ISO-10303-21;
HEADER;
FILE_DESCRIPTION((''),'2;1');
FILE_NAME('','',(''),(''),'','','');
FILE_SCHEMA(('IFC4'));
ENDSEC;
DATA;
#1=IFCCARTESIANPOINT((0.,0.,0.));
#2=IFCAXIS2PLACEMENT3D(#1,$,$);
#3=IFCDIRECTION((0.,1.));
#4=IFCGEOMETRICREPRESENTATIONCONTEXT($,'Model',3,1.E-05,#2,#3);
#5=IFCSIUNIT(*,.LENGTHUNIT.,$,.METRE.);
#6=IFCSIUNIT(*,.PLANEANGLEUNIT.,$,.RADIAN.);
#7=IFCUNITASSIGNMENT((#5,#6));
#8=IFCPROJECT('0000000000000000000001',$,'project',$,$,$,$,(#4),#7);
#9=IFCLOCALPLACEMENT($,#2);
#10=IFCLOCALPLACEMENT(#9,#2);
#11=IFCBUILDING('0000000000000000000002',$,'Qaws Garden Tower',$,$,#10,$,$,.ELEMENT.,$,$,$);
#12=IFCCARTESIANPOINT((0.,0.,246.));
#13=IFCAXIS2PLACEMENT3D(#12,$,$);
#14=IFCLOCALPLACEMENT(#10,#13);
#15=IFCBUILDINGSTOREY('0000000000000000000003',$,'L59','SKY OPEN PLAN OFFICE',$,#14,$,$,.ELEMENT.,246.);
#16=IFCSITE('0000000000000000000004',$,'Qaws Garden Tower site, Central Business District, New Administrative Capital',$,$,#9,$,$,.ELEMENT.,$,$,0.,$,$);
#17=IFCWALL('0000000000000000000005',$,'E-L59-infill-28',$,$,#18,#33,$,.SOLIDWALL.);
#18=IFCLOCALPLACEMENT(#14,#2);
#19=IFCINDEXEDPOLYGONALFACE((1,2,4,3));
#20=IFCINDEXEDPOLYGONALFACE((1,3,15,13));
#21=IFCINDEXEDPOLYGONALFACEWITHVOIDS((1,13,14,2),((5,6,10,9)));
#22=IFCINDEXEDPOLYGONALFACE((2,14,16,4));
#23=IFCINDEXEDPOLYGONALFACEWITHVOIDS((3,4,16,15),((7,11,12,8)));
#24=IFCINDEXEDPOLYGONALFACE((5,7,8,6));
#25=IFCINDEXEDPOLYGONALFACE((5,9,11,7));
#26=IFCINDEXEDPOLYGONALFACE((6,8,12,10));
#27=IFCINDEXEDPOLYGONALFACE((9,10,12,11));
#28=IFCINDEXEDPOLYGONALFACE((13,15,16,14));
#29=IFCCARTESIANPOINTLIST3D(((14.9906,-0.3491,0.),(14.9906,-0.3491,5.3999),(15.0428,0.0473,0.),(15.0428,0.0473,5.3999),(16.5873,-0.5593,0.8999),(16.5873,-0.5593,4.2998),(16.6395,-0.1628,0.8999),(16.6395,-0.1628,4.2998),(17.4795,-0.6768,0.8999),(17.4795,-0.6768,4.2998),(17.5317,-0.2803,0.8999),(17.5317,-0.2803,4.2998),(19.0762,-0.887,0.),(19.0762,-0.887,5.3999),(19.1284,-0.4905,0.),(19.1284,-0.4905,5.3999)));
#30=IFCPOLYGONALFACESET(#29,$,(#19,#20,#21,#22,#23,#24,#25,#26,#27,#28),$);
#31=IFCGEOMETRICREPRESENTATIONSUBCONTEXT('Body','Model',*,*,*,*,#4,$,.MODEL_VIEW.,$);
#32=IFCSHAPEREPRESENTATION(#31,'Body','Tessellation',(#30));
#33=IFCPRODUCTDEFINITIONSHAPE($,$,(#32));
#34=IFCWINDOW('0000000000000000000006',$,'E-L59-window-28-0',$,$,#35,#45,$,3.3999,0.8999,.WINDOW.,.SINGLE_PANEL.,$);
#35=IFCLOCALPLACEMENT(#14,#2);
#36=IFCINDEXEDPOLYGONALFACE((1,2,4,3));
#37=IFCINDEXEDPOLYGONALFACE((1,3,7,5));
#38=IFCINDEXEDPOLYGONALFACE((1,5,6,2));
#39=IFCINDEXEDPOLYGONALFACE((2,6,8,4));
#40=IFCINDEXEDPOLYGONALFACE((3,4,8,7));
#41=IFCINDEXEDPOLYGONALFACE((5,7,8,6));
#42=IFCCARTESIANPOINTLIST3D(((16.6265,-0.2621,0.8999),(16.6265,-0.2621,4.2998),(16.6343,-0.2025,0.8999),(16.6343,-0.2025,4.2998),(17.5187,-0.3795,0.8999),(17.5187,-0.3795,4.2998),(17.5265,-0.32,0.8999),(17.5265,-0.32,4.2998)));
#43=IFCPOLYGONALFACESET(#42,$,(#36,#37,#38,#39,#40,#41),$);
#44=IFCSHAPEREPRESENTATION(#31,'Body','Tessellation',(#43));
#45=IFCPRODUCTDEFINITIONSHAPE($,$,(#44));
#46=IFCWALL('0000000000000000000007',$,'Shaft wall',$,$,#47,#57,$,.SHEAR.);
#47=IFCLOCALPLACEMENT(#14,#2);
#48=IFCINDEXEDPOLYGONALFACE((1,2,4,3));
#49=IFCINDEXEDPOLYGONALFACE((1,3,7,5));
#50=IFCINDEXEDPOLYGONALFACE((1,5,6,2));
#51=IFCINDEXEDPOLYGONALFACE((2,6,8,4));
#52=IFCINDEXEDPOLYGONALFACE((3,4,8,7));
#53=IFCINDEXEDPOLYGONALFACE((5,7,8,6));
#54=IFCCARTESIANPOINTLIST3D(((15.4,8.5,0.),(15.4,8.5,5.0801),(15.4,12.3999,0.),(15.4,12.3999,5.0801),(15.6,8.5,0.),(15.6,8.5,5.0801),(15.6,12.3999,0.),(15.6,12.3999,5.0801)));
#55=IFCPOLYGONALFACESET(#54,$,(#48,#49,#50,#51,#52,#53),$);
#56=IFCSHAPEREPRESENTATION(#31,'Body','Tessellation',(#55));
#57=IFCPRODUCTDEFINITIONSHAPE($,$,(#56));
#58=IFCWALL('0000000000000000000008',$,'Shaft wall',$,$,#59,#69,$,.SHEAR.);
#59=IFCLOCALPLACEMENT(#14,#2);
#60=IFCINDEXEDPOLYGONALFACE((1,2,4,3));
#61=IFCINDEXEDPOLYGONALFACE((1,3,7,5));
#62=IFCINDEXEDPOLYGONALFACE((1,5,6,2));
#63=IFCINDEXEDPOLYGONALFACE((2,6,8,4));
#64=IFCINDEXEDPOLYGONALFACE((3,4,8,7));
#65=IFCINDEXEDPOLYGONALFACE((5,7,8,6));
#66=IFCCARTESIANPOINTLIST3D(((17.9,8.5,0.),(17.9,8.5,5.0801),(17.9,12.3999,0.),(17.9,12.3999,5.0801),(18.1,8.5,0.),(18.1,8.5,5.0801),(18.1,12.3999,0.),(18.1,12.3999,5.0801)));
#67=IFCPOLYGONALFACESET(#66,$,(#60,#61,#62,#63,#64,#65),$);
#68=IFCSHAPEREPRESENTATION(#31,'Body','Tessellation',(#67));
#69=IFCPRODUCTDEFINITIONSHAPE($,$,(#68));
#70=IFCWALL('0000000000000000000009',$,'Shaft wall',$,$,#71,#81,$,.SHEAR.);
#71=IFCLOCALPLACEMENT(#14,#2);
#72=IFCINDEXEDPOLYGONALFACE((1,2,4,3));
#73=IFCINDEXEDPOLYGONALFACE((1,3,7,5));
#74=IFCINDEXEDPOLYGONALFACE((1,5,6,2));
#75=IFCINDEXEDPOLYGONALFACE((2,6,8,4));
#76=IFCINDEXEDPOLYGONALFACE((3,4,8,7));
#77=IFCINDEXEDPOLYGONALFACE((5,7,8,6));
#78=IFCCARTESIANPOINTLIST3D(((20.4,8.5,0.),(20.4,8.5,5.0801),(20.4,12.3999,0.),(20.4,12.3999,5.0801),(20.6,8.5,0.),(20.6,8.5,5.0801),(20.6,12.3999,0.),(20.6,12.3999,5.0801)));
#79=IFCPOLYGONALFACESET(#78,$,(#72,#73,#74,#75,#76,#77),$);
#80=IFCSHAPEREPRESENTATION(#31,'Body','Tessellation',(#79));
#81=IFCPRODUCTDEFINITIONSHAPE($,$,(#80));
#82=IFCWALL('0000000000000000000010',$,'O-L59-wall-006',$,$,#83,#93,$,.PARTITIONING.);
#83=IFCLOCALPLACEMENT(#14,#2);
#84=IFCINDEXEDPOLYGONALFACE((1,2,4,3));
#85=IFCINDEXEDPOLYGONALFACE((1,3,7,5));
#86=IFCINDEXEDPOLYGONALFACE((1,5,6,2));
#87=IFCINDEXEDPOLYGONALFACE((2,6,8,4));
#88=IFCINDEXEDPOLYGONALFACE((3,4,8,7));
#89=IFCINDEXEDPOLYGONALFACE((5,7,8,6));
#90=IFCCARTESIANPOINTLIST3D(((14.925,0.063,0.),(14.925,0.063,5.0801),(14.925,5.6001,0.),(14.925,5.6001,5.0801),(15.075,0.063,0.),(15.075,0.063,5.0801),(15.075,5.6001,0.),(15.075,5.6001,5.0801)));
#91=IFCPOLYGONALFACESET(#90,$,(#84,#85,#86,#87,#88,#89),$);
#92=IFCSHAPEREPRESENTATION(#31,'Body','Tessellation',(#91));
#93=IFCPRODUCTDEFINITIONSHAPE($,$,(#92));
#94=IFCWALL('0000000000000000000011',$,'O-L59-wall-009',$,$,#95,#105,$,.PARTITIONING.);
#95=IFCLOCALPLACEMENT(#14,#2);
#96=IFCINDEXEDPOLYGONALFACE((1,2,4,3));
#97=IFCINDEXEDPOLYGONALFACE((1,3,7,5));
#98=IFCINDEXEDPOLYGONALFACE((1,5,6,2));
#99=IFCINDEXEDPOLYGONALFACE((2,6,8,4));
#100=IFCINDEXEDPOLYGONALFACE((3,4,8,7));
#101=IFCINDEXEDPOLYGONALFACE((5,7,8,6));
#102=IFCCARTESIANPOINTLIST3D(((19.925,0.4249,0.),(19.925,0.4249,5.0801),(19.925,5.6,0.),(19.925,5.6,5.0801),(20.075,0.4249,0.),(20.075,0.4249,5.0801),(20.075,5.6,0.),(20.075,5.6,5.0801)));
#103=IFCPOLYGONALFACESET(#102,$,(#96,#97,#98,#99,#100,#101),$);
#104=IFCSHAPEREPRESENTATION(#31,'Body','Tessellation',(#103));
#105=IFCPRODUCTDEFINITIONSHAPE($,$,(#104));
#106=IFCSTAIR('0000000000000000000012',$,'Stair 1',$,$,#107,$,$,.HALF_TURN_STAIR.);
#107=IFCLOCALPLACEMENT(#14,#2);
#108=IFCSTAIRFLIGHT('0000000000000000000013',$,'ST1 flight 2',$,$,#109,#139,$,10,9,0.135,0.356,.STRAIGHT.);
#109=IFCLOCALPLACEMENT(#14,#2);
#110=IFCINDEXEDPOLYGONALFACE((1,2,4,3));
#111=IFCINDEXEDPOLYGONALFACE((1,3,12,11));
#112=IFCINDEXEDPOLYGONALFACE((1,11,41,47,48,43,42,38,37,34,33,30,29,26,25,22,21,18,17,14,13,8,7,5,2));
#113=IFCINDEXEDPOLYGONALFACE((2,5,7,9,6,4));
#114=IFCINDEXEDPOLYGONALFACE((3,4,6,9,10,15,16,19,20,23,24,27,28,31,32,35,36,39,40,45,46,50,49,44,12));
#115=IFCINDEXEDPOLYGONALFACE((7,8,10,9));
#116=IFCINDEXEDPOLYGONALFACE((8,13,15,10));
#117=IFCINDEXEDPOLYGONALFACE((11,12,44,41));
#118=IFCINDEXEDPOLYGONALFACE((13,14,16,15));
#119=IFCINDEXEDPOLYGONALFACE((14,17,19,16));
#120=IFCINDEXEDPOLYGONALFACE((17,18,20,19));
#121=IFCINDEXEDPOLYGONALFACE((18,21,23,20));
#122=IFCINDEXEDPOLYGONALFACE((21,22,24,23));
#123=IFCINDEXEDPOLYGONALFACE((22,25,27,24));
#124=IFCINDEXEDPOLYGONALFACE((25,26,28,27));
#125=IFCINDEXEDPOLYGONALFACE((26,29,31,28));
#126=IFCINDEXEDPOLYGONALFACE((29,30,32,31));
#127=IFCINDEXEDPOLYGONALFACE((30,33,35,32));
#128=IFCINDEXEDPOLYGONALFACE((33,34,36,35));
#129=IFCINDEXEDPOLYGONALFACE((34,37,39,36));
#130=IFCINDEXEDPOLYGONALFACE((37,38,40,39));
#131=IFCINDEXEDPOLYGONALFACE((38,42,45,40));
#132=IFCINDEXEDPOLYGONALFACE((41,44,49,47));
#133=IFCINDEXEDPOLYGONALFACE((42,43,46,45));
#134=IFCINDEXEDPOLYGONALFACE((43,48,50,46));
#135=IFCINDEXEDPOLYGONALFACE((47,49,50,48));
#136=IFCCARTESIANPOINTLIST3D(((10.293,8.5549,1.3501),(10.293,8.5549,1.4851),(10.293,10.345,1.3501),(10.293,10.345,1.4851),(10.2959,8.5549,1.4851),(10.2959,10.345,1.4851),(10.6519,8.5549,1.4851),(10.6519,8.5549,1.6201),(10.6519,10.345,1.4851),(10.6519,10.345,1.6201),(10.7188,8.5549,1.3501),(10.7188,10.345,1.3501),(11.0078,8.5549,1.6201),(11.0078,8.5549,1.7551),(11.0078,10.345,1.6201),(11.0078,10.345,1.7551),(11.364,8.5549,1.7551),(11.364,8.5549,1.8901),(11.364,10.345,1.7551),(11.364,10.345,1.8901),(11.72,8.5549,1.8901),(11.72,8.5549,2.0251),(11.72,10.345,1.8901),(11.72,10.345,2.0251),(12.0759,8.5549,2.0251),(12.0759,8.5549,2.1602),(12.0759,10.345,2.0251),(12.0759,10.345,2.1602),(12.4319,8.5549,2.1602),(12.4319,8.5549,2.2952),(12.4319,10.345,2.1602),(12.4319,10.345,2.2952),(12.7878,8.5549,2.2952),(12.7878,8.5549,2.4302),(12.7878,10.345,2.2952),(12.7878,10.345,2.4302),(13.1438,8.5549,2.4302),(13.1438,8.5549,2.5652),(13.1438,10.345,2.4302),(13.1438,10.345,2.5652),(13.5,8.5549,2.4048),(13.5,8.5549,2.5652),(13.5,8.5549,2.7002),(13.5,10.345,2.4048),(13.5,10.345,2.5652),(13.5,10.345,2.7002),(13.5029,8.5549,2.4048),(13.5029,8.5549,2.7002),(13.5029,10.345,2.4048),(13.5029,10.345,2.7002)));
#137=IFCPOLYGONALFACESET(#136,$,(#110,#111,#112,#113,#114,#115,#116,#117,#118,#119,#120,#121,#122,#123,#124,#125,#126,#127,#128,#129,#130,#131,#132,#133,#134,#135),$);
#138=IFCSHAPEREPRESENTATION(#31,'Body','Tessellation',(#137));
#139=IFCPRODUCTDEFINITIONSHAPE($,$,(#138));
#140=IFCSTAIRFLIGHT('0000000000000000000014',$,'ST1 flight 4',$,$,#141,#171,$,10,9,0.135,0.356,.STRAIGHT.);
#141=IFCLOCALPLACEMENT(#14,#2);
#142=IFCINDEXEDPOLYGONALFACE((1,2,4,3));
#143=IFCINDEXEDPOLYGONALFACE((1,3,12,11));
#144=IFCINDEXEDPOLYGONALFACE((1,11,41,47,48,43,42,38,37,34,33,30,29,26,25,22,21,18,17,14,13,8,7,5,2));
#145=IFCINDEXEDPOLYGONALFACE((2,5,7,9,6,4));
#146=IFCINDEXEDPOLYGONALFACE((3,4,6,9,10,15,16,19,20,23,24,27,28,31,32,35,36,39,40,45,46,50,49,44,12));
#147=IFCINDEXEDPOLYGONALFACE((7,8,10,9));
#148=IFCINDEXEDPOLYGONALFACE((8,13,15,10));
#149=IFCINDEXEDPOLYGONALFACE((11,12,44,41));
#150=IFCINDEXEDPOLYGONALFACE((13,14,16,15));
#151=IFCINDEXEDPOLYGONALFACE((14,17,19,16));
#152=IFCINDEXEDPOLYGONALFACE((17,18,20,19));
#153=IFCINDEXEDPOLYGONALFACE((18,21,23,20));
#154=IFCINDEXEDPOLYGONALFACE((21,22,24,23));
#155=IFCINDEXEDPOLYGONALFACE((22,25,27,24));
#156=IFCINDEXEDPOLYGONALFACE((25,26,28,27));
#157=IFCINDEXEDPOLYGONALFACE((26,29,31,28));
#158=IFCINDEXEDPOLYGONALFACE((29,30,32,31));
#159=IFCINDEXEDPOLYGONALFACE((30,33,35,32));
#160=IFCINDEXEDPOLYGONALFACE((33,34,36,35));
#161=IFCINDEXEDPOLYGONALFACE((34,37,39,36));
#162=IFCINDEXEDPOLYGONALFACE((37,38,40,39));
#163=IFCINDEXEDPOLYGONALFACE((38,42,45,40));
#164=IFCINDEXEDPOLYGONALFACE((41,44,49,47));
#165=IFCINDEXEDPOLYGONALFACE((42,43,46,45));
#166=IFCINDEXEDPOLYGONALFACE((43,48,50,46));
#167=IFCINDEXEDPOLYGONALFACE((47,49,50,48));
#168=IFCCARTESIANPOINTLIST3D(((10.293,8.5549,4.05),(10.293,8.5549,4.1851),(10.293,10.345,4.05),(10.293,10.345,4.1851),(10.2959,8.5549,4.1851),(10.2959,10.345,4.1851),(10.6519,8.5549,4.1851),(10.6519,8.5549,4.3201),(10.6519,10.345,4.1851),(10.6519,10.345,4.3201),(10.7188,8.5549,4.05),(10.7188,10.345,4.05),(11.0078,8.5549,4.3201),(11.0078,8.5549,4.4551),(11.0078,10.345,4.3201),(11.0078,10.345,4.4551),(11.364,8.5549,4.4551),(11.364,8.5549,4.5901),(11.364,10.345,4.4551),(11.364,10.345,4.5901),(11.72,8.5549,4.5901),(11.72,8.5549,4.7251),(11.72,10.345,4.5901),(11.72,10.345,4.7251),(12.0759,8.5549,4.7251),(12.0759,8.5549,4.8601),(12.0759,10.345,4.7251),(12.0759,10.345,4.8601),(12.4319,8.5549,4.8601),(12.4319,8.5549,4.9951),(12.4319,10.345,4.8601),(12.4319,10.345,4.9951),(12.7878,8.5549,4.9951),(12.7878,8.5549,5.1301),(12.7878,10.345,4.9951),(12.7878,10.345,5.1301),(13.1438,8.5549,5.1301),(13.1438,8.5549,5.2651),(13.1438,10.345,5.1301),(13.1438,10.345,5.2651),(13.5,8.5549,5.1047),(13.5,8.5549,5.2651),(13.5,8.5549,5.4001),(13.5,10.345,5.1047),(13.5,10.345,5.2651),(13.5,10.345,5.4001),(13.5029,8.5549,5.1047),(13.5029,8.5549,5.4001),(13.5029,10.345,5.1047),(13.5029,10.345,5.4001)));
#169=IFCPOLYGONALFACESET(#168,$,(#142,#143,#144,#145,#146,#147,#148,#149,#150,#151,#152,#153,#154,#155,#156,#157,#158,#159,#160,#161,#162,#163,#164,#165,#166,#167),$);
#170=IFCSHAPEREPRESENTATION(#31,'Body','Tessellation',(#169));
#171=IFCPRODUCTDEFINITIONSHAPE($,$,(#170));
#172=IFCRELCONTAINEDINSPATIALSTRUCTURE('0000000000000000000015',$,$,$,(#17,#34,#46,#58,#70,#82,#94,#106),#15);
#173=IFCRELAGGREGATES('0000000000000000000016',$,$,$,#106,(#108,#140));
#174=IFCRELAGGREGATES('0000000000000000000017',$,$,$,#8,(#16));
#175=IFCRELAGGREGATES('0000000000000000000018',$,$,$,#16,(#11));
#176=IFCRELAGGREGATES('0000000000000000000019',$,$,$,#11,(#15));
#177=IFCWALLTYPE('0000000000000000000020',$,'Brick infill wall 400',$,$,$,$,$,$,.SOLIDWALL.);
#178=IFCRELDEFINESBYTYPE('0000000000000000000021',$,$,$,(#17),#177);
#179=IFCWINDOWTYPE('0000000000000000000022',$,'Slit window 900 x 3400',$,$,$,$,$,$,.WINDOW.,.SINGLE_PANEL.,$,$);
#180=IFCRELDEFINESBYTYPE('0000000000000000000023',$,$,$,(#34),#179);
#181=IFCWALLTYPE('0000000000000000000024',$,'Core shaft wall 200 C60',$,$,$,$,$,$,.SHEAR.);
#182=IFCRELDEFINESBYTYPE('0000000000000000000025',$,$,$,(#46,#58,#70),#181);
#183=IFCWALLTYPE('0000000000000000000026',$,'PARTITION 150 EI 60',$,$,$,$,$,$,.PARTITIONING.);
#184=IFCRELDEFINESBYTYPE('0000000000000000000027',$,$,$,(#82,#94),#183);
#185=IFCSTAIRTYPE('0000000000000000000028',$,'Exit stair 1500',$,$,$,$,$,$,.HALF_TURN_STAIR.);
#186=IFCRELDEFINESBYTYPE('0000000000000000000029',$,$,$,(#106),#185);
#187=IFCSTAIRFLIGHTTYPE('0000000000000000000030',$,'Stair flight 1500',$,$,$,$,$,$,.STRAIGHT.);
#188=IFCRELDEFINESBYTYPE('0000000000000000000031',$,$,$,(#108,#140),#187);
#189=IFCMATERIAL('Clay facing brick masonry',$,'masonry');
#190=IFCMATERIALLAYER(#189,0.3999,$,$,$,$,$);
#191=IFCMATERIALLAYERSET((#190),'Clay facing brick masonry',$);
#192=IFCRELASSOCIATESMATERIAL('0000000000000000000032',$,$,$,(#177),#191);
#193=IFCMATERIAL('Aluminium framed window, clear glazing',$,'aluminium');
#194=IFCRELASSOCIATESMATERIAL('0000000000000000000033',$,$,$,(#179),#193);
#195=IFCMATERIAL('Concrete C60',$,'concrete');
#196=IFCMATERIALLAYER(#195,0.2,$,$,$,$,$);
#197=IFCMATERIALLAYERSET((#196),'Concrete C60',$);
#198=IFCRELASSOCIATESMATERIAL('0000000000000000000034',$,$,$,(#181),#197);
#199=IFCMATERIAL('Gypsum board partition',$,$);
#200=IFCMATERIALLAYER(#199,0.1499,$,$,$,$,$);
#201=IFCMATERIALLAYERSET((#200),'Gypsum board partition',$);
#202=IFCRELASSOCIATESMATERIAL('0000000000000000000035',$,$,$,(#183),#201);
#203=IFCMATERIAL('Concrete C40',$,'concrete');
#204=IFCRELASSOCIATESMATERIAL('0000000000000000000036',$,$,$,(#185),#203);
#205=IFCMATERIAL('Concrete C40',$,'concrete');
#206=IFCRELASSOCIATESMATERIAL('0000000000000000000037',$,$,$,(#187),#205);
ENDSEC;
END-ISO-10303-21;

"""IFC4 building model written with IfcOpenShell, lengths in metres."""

from ifc_helpers import new_model, si_unit, direction, frame, frame_2d, origin, place, context, subcontext, project, spatial, polyline, rectangle, outline, extrude, material, layer, layer_set, type_object, element, fill, aggregate, save


model = new_model("IFC4")

# Units and contexts
model_context = context("Model", 3, precision=1e-05, world=origin(), true_north=direction((0.0, 1.0)))
body_context = subcontext(model_context, "Body", "Model", "MODEL_VIEW")
ifc_project = project(units=[si_unit("LENGTHUNIT", "METRE"), si_unit("PLANEANGLEUNIT", "RADIAN")], contexts=[model_context])

# Site, building, storey
site_placement = place(None, origin())
site = spatial("IfcSite", under=ifc_project, at=site_placement, Name="Qaws Garden Tower site, Central Business District, New Administrative Capital", CompositionType="ELEMENT", RefElevation=0.0)
building_placement = place(site_placement, origin())
building = spatial("IfcBuilding", under=site, at=building_placement, Name="Qaws Garden Tower", CompositionType="ELEMENT")
storey_placement = place(building_placement, frame((0.0, 0.0, 246.0)))
storey = spatial("IfcBuildingStorey", under=building, at=storey_placement, Name="L59", Description="SKY OPEN PLAN OFFICE", CompositionType="ELEMENT", Elevation=246.0)

# Shared definitions
ifc_material_1 = material(Name="Clay facing brick masonry", Category="masonry")
ifc_layer_1 = layer(ifc_material_1, 0.3999)
ifc_layer_set_1 = layer_set([ifc_layer_1], Name="Clay facing brick masonry")
wall_type_1 = type_object("IfcWallType", Name="Brick infill wall 400", PredefinedType="SOLIDWALL", material=ifc_layer_set_1)
ifc_material_2 = material(Name="Aluminium framed window, clear glazing", Category="aluminium")
window_type = type_object("IfcWindowType", Name="Slit window 900 x 3400", PartitioningType="SINGLE_PANEL", PredefinedType="WINDOW", material=ifc_material_2)

# Wall, opening, window
wall_1_placement = place(storey_placement, frame((15.0166, -0.1509, 0.0), z_axis=(0.0, 0.0, 1.0), x_axis=(0.991446, -0.130514, 0.0)))
wall_1 = element("IfcWall", 1, at=wall_1_placement, inside=storey, type_object=wall_type_1, Name="E-L59-infill-28", PredefinedType="SOLIDWALL", context=body_context, shape_type="SweptSolid", body=[
    extrude(rectangle(XDim=4.1208, YDim=0.3999, at=frame_2d((2.0605, 0.0))), origin(), (0.0, 0.0, 1.0), 5.3999),
])
opening_1_placement = place(wall_1_placement, frame((1.6106, 0.0, 0.8999)))
opening_1 = element("IfcOpeningElement", 2, at=opening_1_placement, cuts=wall_1, PredefinedType="OPENING", context=body_context, shape_type="SweptSolid", body=[
    extrude(rectangle(XDim=0.8999, YDim=3.3999, at=frame_2d((0.45, 1.7))), frame((0.0, 0.21, 0.0), z_axis=(0.0, -1.0, 0.0), x_axis=(1.0, 0.0, 0.0)), (0.0, 0.0, 1.0), 0.4199),
])
window_1_placement = place(opening_1_placement, origin())
window_1 = element("IfcWindow", 3, at=window_1_placement, inside=storey, type_object=window_type, Name="E-L59-window-28-0", OverallHeight=3.3999, OverallWidth=0.8999, PartitioningType="SINGLE_PANEL", PredefinedType="WINDOW", context=body_context, shape_type="SweptSolid", body=[
    extrude(rectangle(XDim=0.8999, YDim=3.3999, at=frame_2d((0.45, 1.7))), frame((0.0, 0.1599, 0.0), z_axis=(0.0, -1.0, 0.0), x_axis=(1.0, 0.0, 0.0)), (0.0, 0.0, 1.0), 0.0601),
])
fill(opening_1, window_1)

# Walls
ifc_material_3 = material(Name="Concrete C60", Category="concrete")
ifc_layer_2 = layer(ifc_material_3, 0.2)
ifc_layer_set_2 = layer_set([ifc_layer_2], Name="Concrete C60")
wall_type_2 = type_object("IfcWallType", Name="Core shaft wall 200 C60", PredefinedType="SHEAR", material=ifc_layer_set_2)
for number, where, z_axis, x_axis, name in (
    (4, (15.5, 8.5, 0.0), (0.0, 0.0, 1.0), (0.0, 1.0, 0.0), "Shaft wall"),
    (5, (18.0, 8.5, 0.0), (0.0, 0.0, 1.0), (0.0, 1.0, 0.0), "Shaft wall"),
    (6, (20.5, 8.5, 0.0), (0.0, 0.0, 1.0), (0.0, 1.0, 0.0), "Shaft wall"),
):
    element("IfcWall", number, at=place(storey_placement, frame(where, z_axis=z_axis, x_axis=x_axis)), inside=storey, type_object=wall_type_2, Name=name, PredefinedType="SHEAR", context=body_context, shape_type="SweptSolid", body=[
        extrude(rectangle(XDim=3.8999, YDim=0.2, at=frame_2d((1.95, 0.0))), origin(), (0.0, 0.0, 1.0), 5.0801),
    ])
ifc_material_4 = material(Name="Gypsum board partition")
ifc_layer_3 = layer(ifc_material_4, 0.1499)
ifc_layer_set_3 = layer_set([ifc_layer_3], Name="Gypsum board partition")
wall_type_3 = type_object("IfcWallType", Name="PARTITION 150 EI 60", PredefinedType="PARTITIONING", material=ifc_layer_set_3)
wall_2_placement = place(storey_placement, frame((15.0, 0.063, 0.0), z_axis=(0.0, 0.0, 1.0), x_axis=(0.0, 1.0, 0.0)))
element("IfcWall", 7, at=wall_2_placement, inside=storey, type_object=wall_type_3, Name="O-L59-wall-006", PredefinedType="PARTITIONING", context=body_context, shape_type="SweptSolid", body=[
    extrude(rectangle(XDim=5.5371, YDim=0.1499, at=frame_2d((2.7686, 0.0))), origin(), (0.0, 0.0, 1.0), 5.0801),
])
wall_3_placement = place(storey_placement, frame((20.0, 0.425, 0.0), z_axis=(0.0, 0.0, 1.0), x_axis=(0.0, 1.0, 0.0)))
element("IfcWall", 8, at=wall_3_placement, inside=storey, type_object=wall_type_3, Name="O-L59-wall-009", PredefinedType="PARTITIONING", context=body_context, shape_type="SweptSolid", body=[
    extrude(rectangle(XDim=5.175, YDim=0.1499, at=frame_2d((2.5874, 0.0))), origin(), (0.0, 0.0, 1.0), 5.0801),
])

# Stair, stair flights
ifc_material_5 = material(Name="Concrete C40", Category="concrete")
stair_type = type_object("IfcStairType", Name="Exit stair 1500", PredefinedType="HALF_TURN_STAIR", material=ifc_material_5)
stair_placement = place(storey_placement, origin())
stair = element("IfcStair", 9, at=stair_placement, inside=storey, type_object=stair_type, Name="Stair 1", PredefinedType="HALF_TURN_STAIR")
ifc_material_6 = material(Name="Concrete C40", Category="concrete")
stair_flight_type = type_object("IfcStairFlightType", Name="Stair flight 1500", PredefinedType="STRAIGHT", material=ifc_material_6)
stair_flight_1_placement = place(storey_placement, frame((10.2959, 9.45, 1.3501), z_axis=(0.0, 0.0, 1.0), x_axis=(1.0, 0.0, 0.0)))
stair_flight_1 = element("IfcStairFlight", 10, at=stair_flight_1_placement, type_object=stair_flight_type, Name="ST1 flight 2", NumberOfRisers=10, NumberOfTreads=9, PredefinedType="STRAIGHT", RiserHeight=0.135, TreadLength=0.356, context=body_context, shape_type="SweptSolid", body=[
    extrude(outline(polyline([(-0.0029, 0.0), (-0.0029, 0.135), (0.0, 0.135), (0.356, 0.135), (0.356, 0.27), (0.7119, 0.27), (0.7119, 0.405), (1.0681, 0.405), (1.0681, 0.54), (1.4241, 0.54), (1.4241, 0.675), (1.78, 0.675), (1.78, 0.8101), (2.136, 0.8101), (2.136, 0.9451), (2.4919, 0.9451), (2.4919, 1.0801), (2.8479, 1.0801), (2.8479, 1.2151), (3.2041, 1.2151), (3.2041, 1.3501), (3.207, 1.3501), (3.207, 1.0547), (3.2041, 1.0547), (0.4229, 0.0), (-0.0029, 0.0)])), frame((0.0, 0.895, 0.0), z_axis=(0.0, -1.0, 0.0), x_axis=(1.0, 0.0, 0.0)), (0.0, 0.0, 1.0), 1.79),
])
stair_flight_2_placement = place(storey_placement, frame((10.2959, 9.45, 4.05), z_axis=(0.0, 0.0, 1.0), x_axis=(1.0, 0.0, 0.0)))
stair_flight_2 = element("IfcStairFlight", 11, at=stair_flight_2_placement, type_object=stair_flight_type, Name="ST1 flight 4", NumberOfRisers=10, NumberOfTreads=9, PredefinedType="STRAIGHT", RiserHeight=0.135, TreadLength=0.356, context=body_context, shape_type="SweptSolid", body=[
    extrude(outline(polyline([(-0.0029, 0.0), (-0.0029, 0.135), (0.0, 0.135), (0.356, 0.135), (0.356, 0.27), (0.7119, 0.27), (0.7119, 0.405), (1.0681, 0.405), (1.0681, 0.54), (1.4241, 0.54), (1.4241, 0.675), (1.78, 0.675), (1.78, 0.8101), (2.136, 0.8101), (2.136, 0.9451), (2.4919, 0.9451), (2.4919, 1.0801), (2.8479, 1.0801), (2.8479, 1.2151), (3.2041, 1.2151), (3.2041, 1.3501), (3.207, 1.3501), (3.207, 1.0547), (3.2041, 1.0547), (0.4229, 0.0), (-0.0029, 0.0)])), frame((0.0, 0.895, 0.0), z_axis=(0.0, -1.0, 0.0), x_axis=(1.0, 0.0, 0.0)), (0.0, 0.0, 1.0), 1.79),
])
aggregate(stair, [stair_flight_1, stair_flight_2])

save(model, "model.ifc")
